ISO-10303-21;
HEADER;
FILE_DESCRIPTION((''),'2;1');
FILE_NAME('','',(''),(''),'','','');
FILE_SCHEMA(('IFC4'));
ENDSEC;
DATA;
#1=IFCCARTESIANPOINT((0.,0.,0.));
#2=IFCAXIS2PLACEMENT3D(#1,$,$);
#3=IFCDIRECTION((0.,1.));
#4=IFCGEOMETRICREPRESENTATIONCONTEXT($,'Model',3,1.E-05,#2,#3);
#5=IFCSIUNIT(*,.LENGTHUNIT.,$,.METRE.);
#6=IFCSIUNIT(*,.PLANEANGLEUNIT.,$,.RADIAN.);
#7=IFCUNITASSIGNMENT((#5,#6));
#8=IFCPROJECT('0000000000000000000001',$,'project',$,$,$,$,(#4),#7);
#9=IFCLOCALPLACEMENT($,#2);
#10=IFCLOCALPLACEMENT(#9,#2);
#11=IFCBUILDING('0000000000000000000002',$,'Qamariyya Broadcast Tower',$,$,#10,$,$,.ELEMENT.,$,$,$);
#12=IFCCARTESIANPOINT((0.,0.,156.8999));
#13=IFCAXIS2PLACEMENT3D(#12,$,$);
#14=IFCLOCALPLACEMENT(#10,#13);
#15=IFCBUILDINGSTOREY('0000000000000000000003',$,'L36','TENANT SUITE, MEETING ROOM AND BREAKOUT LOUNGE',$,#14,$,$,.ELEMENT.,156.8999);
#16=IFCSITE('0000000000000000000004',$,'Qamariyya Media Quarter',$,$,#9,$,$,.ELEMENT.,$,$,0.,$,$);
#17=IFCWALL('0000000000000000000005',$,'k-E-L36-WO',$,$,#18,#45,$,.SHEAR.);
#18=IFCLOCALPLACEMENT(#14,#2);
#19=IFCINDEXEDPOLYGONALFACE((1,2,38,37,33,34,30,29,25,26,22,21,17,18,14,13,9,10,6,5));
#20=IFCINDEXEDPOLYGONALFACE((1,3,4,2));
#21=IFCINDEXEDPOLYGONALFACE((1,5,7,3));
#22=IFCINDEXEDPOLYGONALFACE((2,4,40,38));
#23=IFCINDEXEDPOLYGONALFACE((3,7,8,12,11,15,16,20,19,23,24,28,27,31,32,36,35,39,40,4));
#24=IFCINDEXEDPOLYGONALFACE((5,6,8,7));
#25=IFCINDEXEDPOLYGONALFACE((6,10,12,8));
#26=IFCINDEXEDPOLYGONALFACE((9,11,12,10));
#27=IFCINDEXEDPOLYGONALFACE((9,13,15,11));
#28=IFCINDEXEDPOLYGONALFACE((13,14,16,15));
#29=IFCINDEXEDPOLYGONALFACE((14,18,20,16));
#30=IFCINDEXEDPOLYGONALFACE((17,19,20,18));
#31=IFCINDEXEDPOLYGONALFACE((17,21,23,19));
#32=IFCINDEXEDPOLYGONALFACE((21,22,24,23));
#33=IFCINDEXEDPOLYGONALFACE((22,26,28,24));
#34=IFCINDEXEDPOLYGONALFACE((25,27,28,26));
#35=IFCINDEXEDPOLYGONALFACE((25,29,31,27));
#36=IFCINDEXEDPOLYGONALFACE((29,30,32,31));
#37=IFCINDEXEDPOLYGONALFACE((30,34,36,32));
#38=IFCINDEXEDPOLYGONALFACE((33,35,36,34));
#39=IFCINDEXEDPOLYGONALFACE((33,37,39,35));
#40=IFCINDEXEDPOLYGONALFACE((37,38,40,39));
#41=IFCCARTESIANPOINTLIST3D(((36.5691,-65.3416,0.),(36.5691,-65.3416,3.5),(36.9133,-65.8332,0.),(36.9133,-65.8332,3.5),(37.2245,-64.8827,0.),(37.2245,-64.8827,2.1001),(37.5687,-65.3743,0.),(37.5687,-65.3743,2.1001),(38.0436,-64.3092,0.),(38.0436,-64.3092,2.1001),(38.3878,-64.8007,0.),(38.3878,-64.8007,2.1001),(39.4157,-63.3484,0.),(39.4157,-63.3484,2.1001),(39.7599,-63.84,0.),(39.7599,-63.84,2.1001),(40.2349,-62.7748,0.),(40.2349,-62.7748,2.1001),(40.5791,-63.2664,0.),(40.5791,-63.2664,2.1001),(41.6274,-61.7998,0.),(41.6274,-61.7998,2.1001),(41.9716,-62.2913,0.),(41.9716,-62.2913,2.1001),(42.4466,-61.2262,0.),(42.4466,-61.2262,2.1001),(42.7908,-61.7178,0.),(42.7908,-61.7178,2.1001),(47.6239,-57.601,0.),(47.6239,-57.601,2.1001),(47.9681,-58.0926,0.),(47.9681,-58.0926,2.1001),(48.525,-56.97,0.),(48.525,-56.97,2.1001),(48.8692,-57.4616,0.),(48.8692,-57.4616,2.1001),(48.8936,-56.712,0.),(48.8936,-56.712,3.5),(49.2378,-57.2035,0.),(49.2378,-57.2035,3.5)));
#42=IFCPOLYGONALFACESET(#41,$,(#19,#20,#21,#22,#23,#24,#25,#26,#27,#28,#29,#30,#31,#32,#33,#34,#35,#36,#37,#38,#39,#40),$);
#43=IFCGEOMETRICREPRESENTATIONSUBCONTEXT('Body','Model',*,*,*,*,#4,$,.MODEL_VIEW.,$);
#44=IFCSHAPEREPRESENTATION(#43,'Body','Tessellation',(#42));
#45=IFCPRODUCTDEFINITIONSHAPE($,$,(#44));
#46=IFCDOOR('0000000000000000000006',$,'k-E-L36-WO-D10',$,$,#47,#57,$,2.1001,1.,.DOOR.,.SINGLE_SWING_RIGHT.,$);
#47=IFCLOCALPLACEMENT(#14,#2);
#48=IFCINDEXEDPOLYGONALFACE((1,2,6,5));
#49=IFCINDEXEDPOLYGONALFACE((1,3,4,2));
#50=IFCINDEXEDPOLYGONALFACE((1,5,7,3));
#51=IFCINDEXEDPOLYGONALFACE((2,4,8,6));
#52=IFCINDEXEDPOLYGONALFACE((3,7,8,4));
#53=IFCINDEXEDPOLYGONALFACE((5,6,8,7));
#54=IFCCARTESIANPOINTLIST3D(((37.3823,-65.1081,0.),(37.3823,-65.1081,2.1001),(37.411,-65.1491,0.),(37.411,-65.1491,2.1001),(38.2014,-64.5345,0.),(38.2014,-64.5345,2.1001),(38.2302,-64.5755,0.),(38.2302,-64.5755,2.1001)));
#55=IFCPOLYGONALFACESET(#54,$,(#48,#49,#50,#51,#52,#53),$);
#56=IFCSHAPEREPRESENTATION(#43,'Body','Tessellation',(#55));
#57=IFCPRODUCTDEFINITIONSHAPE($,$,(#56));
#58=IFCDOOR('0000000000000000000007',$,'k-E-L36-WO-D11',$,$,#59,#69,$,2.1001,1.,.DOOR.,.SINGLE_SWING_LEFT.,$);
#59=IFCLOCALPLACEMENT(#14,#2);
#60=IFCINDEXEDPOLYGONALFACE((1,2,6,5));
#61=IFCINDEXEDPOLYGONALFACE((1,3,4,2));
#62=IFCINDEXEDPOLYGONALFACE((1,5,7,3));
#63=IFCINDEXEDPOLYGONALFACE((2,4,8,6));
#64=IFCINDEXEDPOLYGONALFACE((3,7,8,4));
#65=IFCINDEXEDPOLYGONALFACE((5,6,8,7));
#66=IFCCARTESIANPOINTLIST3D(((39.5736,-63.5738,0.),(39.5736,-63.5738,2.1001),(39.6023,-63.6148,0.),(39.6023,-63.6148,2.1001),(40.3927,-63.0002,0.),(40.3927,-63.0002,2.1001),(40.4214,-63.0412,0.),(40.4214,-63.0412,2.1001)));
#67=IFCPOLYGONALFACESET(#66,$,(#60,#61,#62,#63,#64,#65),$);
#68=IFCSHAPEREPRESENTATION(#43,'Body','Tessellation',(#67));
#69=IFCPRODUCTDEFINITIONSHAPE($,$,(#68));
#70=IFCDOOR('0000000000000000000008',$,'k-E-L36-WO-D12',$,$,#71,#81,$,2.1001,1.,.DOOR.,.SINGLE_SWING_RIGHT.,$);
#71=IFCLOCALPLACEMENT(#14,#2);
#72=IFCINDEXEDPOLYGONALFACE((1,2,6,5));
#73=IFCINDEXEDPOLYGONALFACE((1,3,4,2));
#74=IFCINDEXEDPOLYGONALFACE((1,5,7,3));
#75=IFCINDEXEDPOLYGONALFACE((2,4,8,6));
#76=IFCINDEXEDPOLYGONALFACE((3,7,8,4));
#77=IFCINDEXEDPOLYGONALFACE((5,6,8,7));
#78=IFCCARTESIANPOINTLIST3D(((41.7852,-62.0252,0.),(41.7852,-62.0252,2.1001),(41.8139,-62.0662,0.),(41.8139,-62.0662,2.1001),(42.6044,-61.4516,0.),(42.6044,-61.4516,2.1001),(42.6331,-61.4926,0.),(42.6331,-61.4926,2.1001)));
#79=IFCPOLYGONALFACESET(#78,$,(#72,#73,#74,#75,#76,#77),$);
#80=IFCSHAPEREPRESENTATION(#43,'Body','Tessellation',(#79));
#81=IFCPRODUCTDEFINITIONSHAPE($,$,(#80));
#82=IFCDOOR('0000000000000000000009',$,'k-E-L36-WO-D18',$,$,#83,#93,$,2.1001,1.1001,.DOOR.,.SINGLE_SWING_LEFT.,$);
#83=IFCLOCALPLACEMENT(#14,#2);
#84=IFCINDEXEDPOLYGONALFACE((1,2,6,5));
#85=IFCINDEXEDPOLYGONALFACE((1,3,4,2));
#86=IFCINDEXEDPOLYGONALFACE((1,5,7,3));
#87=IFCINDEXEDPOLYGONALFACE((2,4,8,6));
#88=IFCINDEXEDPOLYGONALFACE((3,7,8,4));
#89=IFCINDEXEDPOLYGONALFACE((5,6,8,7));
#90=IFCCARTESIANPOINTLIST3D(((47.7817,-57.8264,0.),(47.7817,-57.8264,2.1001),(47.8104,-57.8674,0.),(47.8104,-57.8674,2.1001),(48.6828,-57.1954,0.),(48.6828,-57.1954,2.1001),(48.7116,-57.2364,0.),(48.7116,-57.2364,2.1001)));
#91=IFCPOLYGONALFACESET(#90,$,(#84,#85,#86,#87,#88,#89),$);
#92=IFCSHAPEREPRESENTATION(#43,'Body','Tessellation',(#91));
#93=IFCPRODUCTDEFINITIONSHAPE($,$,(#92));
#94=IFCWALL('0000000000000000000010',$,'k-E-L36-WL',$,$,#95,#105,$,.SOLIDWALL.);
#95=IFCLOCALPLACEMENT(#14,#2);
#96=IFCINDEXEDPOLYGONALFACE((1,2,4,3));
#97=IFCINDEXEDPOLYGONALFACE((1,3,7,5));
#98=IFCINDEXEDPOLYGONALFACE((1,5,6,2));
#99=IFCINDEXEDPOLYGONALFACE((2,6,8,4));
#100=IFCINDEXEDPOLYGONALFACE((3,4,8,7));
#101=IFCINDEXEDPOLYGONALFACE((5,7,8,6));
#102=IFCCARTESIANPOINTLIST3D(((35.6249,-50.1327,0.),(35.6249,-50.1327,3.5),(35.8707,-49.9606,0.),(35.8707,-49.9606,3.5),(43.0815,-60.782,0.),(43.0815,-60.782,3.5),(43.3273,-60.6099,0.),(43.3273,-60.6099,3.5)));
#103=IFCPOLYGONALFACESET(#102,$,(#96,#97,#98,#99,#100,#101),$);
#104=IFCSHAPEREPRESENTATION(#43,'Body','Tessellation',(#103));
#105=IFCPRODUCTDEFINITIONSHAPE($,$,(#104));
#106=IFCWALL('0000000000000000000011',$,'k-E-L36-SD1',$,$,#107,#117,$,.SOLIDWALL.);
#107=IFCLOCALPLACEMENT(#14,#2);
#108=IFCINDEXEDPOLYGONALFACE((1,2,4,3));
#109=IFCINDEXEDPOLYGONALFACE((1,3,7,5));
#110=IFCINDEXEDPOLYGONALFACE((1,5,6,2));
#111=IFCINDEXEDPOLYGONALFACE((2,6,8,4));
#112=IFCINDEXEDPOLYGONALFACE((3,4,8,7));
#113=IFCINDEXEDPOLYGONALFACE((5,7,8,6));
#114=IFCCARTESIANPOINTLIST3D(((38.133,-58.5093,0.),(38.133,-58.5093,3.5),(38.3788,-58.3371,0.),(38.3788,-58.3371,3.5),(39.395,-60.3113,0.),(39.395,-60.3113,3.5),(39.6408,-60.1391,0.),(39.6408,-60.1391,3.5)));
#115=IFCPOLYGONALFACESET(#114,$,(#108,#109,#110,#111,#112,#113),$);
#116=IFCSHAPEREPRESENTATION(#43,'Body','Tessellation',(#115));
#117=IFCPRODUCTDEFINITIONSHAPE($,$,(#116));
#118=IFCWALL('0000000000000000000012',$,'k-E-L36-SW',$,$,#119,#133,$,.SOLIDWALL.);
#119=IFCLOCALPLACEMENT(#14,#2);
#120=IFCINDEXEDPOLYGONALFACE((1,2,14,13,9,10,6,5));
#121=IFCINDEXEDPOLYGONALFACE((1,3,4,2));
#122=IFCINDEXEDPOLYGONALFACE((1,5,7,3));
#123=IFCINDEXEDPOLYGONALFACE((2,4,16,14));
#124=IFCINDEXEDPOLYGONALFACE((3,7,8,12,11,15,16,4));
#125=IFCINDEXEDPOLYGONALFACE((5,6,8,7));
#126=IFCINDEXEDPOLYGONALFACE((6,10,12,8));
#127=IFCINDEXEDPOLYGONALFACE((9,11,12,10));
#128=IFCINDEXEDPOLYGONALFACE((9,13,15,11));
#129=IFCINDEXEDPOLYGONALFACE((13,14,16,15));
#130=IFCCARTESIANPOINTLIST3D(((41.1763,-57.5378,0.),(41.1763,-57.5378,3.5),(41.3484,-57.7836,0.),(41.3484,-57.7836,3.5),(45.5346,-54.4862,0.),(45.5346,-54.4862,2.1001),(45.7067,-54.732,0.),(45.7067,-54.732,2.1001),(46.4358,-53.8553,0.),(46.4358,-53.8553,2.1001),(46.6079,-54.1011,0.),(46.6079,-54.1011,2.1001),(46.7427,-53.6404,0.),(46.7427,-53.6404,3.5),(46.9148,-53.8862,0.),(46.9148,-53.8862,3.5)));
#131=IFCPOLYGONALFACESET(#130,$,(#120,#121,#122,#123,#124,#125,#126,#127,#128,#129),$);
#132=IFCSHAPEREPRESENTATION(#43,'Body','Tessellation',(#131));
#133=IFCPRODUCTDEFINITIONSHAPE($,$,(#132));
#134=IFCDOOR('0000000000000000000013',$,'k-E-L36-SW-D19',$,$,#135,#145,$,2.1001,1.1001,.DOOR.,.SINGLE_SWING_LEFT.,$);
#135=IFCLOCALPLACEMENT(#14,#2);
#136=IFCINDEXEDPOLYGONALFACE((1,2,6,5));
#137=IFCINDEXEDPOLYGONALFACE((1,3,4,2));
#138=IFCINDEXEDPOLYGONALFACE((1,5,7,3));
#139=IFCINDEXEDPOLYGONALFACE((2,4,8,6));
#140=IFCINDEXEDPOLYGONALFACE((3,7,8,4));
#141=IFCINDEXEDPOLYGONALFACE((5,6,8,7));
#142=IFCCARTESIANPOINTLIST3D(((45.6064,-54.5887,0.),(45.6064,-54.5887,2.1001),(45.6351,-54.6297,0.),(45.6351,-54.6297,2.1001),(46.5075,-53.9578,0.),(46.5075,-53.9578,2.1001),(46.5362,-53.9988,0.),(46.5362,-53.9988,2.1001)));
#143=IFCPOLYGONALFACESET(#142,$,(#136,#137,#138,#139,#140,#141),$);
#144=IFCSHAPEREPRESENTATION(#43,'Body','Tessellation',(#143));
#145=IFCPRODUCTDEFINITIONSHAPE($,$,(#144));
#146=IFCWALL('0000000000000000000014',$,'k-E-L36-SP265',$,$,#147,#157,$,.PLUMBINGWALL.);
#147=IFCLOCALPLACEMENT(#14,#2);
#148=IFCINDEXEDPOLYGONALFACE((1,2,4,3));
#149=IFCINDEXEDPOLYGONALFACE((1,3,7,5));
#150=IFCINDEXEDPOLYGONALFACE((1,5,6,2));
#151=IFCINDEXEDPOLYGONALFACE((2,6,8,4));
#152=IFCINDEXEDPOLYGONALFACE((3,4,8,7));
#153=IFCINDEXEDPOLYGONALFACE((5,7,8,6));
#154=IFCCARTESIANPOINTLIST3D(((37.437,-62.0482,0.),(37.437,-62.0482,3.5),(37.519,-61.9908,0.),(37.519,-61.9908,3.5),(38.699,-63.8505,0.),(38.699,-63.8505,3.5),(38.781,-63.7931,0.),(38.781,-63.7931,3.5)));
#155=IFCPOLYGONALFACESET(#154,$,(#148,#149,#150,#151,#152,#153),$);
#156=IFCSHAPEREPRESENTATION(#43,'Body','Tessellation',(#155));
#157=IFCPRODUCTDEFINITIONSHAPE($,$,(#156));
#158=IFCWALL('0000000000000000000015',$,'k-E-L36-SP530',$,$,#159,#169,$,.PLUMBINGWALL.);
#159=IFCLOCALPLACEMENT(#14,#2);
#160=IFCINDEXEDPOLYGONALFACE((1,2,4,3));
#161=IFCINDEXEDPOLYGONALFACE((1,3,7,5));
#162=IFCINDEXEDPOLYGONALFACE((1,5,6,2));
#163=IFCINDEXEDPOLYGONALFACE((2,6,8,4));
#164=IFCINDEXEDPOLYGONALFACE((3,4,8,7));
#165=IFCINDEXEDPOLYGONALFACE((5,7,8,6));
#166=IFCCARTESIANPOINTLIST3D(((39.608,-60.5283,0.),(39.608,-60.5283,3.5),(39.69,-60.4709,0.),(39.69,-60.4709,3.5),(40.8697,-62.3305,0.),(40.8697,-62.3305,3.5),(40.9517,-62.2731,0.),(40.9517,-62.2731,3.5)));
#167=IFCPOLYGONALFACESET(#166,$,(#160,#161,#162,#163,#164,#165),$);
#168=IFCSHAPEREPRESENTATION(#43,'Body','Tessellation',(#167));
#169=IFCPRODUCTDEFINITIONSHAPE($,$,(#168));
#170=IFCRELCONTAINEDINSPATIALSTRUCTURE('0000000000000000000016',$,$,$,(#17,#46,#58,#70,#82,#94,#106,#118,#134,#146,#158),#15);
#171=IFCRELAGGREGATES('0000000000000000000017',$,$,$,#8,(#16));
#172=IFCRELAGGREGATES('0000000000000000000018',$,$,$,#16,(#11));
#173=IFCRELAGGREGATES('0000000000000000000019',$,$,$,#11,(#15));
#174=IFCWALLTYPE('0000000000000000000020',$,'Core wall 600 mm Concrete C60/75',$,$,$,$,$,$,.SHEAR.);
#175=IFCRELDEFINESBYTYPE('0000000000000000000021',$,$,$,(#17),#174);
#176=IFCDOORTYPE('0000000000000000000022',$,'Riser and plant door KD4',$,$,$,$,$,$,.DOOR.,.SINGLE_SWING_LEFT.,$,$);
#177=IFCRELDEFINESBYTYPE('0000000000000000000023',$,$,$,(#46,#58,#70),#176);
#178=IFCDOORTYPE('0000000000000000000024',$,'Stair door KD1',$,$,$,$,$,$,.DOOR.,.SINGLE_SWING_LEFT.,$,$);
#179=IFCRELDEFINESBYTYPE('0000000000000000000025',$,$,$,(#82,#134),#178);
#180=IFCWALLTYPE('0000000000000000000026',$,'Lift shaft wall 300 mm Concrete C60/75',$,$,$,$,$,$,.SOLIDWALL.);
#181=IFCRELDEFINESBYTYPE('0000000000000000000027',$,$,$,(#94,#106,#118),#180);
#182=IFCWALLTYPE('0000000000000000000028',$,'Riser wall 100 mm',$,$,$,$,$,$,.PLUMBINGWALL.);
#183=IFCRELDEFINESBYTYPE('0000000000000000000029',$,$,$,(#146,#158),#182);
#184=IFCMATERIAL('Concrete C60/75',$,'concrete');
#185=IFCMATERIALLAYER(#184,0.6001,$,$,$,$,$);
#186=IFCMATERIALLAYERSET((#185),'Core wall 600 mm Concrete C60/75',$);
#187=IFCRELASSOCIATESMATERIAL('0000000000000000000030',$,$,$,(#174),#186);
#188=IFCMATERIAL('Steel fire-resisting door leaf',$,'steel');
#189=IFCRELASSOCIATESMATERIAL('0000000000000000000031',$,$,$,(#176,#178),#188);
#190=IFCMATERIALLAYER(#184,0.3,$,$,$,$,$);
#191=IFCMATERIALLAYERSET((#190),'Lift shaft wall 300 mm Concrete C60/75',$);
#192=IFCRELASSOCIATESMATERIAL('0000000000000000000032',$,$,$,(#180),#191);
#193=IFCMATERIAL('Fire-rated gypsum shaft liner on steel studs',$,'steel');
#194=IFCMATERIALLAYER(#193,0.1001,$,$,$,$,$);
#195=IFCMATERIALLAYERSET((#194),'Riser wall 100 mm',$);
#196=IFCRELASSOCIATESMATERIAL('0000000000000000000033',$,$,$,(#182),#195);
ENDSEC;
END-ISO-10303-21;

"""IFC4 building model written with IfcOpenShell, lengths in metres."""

from ifc_helpers import new_model, si_unit, direction, frame, frame_2d, origin, place, context, subcontext, project, spatial, rectangle, extrude, material, layer, layer_set, type_object, element, fill, save


model = new_model("IFC4")

# Units and contexts
model_context = context("Model", 3, precision=1e-05, world=origin(), true_north=direction((0.0, 1.0)))
body_context = subcontext(model_context, "Body", "Model", "MODEL_VIEW")
ifc_project = project(units=[si_unit("LENGTHUNIT", "METRE"), si_unit("PLANEANGLEUNIT", "RADIAN")], contexts=[model_context])

# Site, building, storey
site_placement = place(None, origin())
site = spatial("IfcSite", under=ifc_project, at=site_placement, Name="Qamariyya Media Quarter", CompositionType="ELEMENT", RefElevation=0.0)
building_placement = place(site_placement, origin())
building = spatial("IfcBuilding", under=site, at=building_placement, Name="Qamariyya Broadcast Tower", CompositionType="ELEMENT")
storey_placement = place(building_placement, frame((0.0, 0.0, 156.8999)))
storey = spatial("IfcBuildingStorey", under=building, at=storey_placement, Name="L36", Description="TENANT SUITE, MEETING ROOM AND BREAKOUT LOUNGE", CompositionType="ELEMENT", Elevation=156.8999)

# Shared definitions
ifc_material_1 = material(Name="Concrete C60/75", Category="concrete")

# Shared definitions
ifc_layer_1 = layer(ifc_material_1, 0.6001)
ifc_layer_set_1 = layer_set([ifc_layer_1], Name="Core wall 600 mm Concrete C60/75")
wall_type_1 = type_object("IfcWallType", Name="Core wall 600 mm Concrete C60/75", PredefinedType="SHEAR", material=ifc_layer_set_1)
ifc_material_2 = material(Name="Steel fire-resisting door leaf", Category="steel")

# Wall, openings, doors
wall_1_placement = place(storey_placement, frame((36.7412, -65.5874, 0.0), z_axis=(0.0, 0.0, 1.0), x_axis=(0.819153, 0.573575, 0.0)))
wall_1 = element("IfcWall", 1, at=wall_1_placement, inside=storey, type_object=wall_type_1, Name="k-E-L36-WO", PredefinedType="SHEAR", context=body_context, shape_type="SweptSolid", body=[
    extrude(rectangle(XDim=15.0454, YDim=0.6001, at=frame_2d((7.5227, 0.0))), origin(), (0.0, 0.0, 1.0), 3.5),
])
opening_1_placement = place(wall_1_placement, frame((0.8, 0.0, 0.0)))
opening_1 = element("IfcOpeningElement", 2, at=opening_1_placement, cuts=wall_1, PredefinedType="OPENING", context=body_context, shape_type="SweptSolid", body=[
    extrude(rectangle(XDim=1.0, YDim=2.1001, at=frame_2d((0.5, 1.05))), frame((0.0, 0.3101, 0.0), z_axis=(0.0, -1.0, 0.0), x_axis=(1.0, 0.0, 0.0)), (0.0, 0.0, 1.0), 0.6201),
])
opening_2_placement = place(wall_1_placement, frame((3.4751, 0.0, 0.0)))
opening_2 = element("IfcOpeningElement", 3, at=opening_2_placement, cuts=wall_1, PredefinedType="OPENING", context=body_context, shape_type="SweptSolid", body=[
    extrude(rectangle(XDim=1.0, YDim=2.1001, at=frame_2d((0.5, 1.05))), frame((0.0, 0.3101, 0.0), z_axis=(0.0, -1.0, 0.0), x_axis=(1.0, 0.0, 0.0)), (0.0, 0.0, 1.0), 0.6201),
])
opening_3_placement = place(wall_1_placement, frame((6.175, 0.0, 0.0)))
opening_3 = element("IfcOpeningElement", 4, at=opening_3_placement, cuts=wall_1, PredefinedType="OPENING", context=body_context, shape_type="SweptSolid", body=[
    extrude(rectangle(XDim=1.0, YDim=2.1001, at=frame_2d((0.5, 1.05))), frame((0.0, 0.3101, 0.0), z_axis=(0.0, -1.0, 0.0), x_axis=(1.0, 0.0, 0.0)), (0.0, 0.0, 1.0), 0.6201),
])
opening_4_placement = place(wall_1_placement, frame((13.4954, 0.0, 0.0)))
opening_4 = element("IfcOpeningElement", 5, at=opening_4_placement, cuts=wall_1, PredefinedType="OPENING", context=body_context, shape_type="SweptSolid", body=[
    extrude(rectangle(XDim=1.1001, YDim=2.1001, at=frame_2d((0.55, 1.05))), frame((0.0, 0.3101, 0.0), z_axis=(0.0, -1.0, 0.0), x_axis=(1.0, 0.0, 0.0)), (0.0, 0.0, 1.0), 0.6201),
])
door_type_1 = type_object("IfcDoorType", Name="Riser and plant door KD4", OperationType="SINGLE_SWING_LEFT", PredefinedType="DOOR", material=ifc_material_2)
door_1_placement = place(opening_1_placement, origin())
door_1 = element("IfcDoor", 6, at=door_1_placement, inside=storey, type_object=door_type_1, Name="k-E-L36-WO-D10", OperationType="SINGLE_SWING_RIGHT", OverallHeight=2.1001, OverallWidth=1.0, PredefinedType="DOOR", context=body_context, shape_type="SweptSolid", body=[
    extrude(rectangle(XDim=1.0, YDim=2.1001, at=frame_2d((0.5, 1.05))), frame((0.0, 0.0249, 0.0), z_axis=(0.0, -1.0, 0.0), x_axis=(1.0, 0.0, 0.0)), (0.0, 0.0, 1.0), 0.05),
])
fill(opening_1, door_1)
door_2_placement = place(opening_2_placement, origin())
door_2 = element("IfcDoor", 7, at=door_2_placement, inside=storey, type_object=door_type_1, Name="k-E-L36-WO-D11", OperationType="SINGLE_SWING_LEFT", OverallHeight=2.1001, OverallWidth=1.0, PredefinedType="DOOR", context=body_context, shape_type="SweptSolid", body=[
    extrude(rectangle(XDim=1.0, YDim=2.1001, at=frame_2d((0.5, 1.05))), frame((0.0, 0.0249, 0.0), z_axis=(0.0, -1.0, 0.0), x_axis=(1.0, 0.0, 0.0)), (0.0, 0.0, 1.0), 0.05),
])
fill(opening_2, door_2)
door_3_placement = place(opening_3_placement, origin())
door_3 = element("IfcDoor", 8, at=door_3_placement, inside=storey, type_object=door_type_1, Name="k-E-L36-WO-D12", OperationType="SINGLE_SWING_RIGHT", OverallHeight=2.1001, OverallWidth=1.0, PredefinedType="DOOR", context=body_context, shape_type="SweptSolid", body=[
    extrude(rectangle(XDim=1.0, YDim=2.1001, at=frame_2d((0.5, 1.05))), frame((0.0, 0.0249, 0.0), z_axis=(0.0, -1.0, 0.0), x_axis=(1.0, 0.0, 0.0)), (0.0, 0.0, 1.0), 0.05),
])
fill(opening_3, door_3)
door_type_2 = type_object("IfcDoorType", Name="Stair door KD1", OperationType="SINGLE_SWING_LEFT", PredefinedType="DOOR", material=ifc_material_2)
door_4_placement = place(opening_4_placement, origin())
door_4 = element("IfcDoor", 9, at=door_4_placement, inside=storey, type_object=door_type_2, Name="k-E-L36-WO-D18", OperationType="SINGLE_SWING_LEFT", OverallHeight=2.1001, OverallWidth=1.1001, PredefinedType="DOOR", context=body_context, shape_type="SweptSolid", body=[
    extrude(rectangle(XDim=1.1001, YDim=2.1001, at=frame_2d((0.55, 1.05))), frame((0.0, 0.0249, 0.0), z_axis=(0.0, -1.0, 0.0), x_axis=(1.0, 0.0, 0.0)), (0.0, 0.0, 1.0), 0.05),
])
fill(opening_4, door_4)

# Walls
ifc_layer_2 = layer(ifc_material_1, 0.3)
ifc_layer_set_2 = layer_set([ifc_layer_2], Name="Lift shaft wall 300 mm Concrete C60/75")
wall_type_2 = type_object("IfcWallType", Name="Lift shaft wall 300 mm Concrete C60/75", PredefinedType="SOLIDWALL", material=ifc_layer_set_2)
wall_2_placement = place(storey_placement, frame((43.2043, -60.6958, 0.0), z_axis=(0.0, 0.0, 1.0), x_axis=(-0.573572, 0.819155, 0.0)))
element("IfcWall", 10, at=wall_2_placement, inside=storey, type_object=wall_type_2, Name="k-E-L36-WL", PredefinedType="SOLIDWALL", context=body_context, shape_type="SweptSolid", body=[
    extrude(rectangle(XDim=13.0002, YDim=0.3, at=frame_2d((6.5, 0.0))), origin(), (0.0, 0.0, 1.0), 3.5),
])
wall_3_placement = place(storey_placement, frame((38.2559, -58.4231, 0.0), z_axis=(0.0, 0.0, 1.0), x_axis=(0.573634, -0.819112, 0.0)))
element("IfcWall", 11, at=wall_3_placement, inside=storey, type_object=wall_type_2, Name="k-E-L36-SD1", PredefinedType="SOLIDWALL", context=body_context, shape_type="SweptSolid", body=[
    extrude(rectangle(XDim=2.2, YDim=0.3, at=frame_2d((1.1001, 0.0))), origin(), (0.0, 0.0, 1.0), 3.5),
])

# Wall, opening, door
wall_4_placement = place(storey_placement, frame((41.2625, -57.6606, 0.0), z_axis=(0.0, 0.0, 1.0), x_axis=(0.819164, 0.573559, 0.0)))
wall_4 = element("IfcWall", 12, at=wall_4_placement, inside=storey, type_object=wall_type_2, Name="k-E-L36-SW", PredefinedType="SOLIDWALL", context=body_context, shape_type="SweptSolid", body=[
    extrude(rectangle(XDim=6.7952, YDim=0.3, at=frame_2d((3.3975, 0.0))), origin(), (0.0, 0.0, 1.0), 3.5),
])
opening_5_placement = place(wall_4_placement, frame((5.3203, 0.0, 0.0)))
opening_5 = element("IfcOpeningElement", 13, at=opening_5_placement, cuts=wall_4, PredefinedType="OPENING", context=body_context, shape_type="SweptSolid", body=[
    extrude(rectangle(XDim=1.1001, YDim=2.1001, at=frame_2d((0.55, 1.05))), frame((0.0, 0.1599, 0.0), z_axis=(0.0, -1.0, 0.0), x_axis=(1.0, 0.0, 0.0)), (0.0, 0.0, 1.0), 0.3201),
])
door_5_placement = place(opening_5_placement, origin())
door_5 = element("IfcDoor", 14, at=door_5_placement, inside=storey, type_object=door_type_2, Name="k-E-L36-SW-D19", OperationType="SINGLE_SWING_LEFT", OverallHeight=2.1001, OverallWidth=1.1001, PredefinedType="DOOR", context=body_context, shape_type="SweptSolid", body=[
    extrude(rectangle(XDim=1.1001, YDim=2.1001, at=frame_2d((0.55, 1.05))), frame((0.0, 0.0249, 0.0), z_axis=(0.0, -1.0, 0.0), x_axis=(1.0, 0.0, 0.0)), (0.0, 0.0, 1.0), 0.05),
])
fill(opening_5, door_5)

# Walls
ifc_material_3 = material(Name="Fire-rated gypsum shaft liner on steel studs", Category="steel")
ifc_layer_3 = layer(ifc_material_3, 0.1001)
ifc_layer_set_3 = layer_set([ifc_layer_3], Name="Riser wall 100 mm")
wall_type_3 = type_object("IfcWallType", Name="Riser wall 100 mm", PredefinedType="PLUMBINGWALL", material=ifc_layer_set_3)
wall_5_placement = place(storey_placement, frame((37.478, -62.0195, 0.0), z_axis=(0.0, 0.0, 1.0), x_axis=(0.573581, -0.819149, 0.0)))
element("IfcWall", 15, at=wall_5_placement, inside=storey, type_object=wall_type_3, Name="k-E-L36-SP265", PredefinedType="PLUMBINGWALL", context=body_context, shape_type="SweptSolid", body=[
    extrude(rectangle(XDim=2.2002, YDim=0.1001, at=frame_2d((1.1001, 0.0))), origin(), (0.0, 0.0, 1.0), 3.5),
])
wall_6_placement = place(storey_placement, frame((39.6489, -60.4995, 0.0), z_axis=(0.0, 0.0, 1.0), x_axis=(0.573507, -0.819201, 0.0)))
element("IfcWall", 16, at=wall_6_placement, inside=storey, type_object=wall_type_3, Name="k-E-L36-SP530", PredefinedType="PLUMBINGWALL", context=body_context, shape_type="SweptSolid", body=[
    extrude(rectangle(XDim=2.2, YDim=0.1001, at=frame_2d((1.1001, 0.0))), origin(), (0.0, 0.0, 1.0), 3.5),
])

save(model, "model.ifc")
